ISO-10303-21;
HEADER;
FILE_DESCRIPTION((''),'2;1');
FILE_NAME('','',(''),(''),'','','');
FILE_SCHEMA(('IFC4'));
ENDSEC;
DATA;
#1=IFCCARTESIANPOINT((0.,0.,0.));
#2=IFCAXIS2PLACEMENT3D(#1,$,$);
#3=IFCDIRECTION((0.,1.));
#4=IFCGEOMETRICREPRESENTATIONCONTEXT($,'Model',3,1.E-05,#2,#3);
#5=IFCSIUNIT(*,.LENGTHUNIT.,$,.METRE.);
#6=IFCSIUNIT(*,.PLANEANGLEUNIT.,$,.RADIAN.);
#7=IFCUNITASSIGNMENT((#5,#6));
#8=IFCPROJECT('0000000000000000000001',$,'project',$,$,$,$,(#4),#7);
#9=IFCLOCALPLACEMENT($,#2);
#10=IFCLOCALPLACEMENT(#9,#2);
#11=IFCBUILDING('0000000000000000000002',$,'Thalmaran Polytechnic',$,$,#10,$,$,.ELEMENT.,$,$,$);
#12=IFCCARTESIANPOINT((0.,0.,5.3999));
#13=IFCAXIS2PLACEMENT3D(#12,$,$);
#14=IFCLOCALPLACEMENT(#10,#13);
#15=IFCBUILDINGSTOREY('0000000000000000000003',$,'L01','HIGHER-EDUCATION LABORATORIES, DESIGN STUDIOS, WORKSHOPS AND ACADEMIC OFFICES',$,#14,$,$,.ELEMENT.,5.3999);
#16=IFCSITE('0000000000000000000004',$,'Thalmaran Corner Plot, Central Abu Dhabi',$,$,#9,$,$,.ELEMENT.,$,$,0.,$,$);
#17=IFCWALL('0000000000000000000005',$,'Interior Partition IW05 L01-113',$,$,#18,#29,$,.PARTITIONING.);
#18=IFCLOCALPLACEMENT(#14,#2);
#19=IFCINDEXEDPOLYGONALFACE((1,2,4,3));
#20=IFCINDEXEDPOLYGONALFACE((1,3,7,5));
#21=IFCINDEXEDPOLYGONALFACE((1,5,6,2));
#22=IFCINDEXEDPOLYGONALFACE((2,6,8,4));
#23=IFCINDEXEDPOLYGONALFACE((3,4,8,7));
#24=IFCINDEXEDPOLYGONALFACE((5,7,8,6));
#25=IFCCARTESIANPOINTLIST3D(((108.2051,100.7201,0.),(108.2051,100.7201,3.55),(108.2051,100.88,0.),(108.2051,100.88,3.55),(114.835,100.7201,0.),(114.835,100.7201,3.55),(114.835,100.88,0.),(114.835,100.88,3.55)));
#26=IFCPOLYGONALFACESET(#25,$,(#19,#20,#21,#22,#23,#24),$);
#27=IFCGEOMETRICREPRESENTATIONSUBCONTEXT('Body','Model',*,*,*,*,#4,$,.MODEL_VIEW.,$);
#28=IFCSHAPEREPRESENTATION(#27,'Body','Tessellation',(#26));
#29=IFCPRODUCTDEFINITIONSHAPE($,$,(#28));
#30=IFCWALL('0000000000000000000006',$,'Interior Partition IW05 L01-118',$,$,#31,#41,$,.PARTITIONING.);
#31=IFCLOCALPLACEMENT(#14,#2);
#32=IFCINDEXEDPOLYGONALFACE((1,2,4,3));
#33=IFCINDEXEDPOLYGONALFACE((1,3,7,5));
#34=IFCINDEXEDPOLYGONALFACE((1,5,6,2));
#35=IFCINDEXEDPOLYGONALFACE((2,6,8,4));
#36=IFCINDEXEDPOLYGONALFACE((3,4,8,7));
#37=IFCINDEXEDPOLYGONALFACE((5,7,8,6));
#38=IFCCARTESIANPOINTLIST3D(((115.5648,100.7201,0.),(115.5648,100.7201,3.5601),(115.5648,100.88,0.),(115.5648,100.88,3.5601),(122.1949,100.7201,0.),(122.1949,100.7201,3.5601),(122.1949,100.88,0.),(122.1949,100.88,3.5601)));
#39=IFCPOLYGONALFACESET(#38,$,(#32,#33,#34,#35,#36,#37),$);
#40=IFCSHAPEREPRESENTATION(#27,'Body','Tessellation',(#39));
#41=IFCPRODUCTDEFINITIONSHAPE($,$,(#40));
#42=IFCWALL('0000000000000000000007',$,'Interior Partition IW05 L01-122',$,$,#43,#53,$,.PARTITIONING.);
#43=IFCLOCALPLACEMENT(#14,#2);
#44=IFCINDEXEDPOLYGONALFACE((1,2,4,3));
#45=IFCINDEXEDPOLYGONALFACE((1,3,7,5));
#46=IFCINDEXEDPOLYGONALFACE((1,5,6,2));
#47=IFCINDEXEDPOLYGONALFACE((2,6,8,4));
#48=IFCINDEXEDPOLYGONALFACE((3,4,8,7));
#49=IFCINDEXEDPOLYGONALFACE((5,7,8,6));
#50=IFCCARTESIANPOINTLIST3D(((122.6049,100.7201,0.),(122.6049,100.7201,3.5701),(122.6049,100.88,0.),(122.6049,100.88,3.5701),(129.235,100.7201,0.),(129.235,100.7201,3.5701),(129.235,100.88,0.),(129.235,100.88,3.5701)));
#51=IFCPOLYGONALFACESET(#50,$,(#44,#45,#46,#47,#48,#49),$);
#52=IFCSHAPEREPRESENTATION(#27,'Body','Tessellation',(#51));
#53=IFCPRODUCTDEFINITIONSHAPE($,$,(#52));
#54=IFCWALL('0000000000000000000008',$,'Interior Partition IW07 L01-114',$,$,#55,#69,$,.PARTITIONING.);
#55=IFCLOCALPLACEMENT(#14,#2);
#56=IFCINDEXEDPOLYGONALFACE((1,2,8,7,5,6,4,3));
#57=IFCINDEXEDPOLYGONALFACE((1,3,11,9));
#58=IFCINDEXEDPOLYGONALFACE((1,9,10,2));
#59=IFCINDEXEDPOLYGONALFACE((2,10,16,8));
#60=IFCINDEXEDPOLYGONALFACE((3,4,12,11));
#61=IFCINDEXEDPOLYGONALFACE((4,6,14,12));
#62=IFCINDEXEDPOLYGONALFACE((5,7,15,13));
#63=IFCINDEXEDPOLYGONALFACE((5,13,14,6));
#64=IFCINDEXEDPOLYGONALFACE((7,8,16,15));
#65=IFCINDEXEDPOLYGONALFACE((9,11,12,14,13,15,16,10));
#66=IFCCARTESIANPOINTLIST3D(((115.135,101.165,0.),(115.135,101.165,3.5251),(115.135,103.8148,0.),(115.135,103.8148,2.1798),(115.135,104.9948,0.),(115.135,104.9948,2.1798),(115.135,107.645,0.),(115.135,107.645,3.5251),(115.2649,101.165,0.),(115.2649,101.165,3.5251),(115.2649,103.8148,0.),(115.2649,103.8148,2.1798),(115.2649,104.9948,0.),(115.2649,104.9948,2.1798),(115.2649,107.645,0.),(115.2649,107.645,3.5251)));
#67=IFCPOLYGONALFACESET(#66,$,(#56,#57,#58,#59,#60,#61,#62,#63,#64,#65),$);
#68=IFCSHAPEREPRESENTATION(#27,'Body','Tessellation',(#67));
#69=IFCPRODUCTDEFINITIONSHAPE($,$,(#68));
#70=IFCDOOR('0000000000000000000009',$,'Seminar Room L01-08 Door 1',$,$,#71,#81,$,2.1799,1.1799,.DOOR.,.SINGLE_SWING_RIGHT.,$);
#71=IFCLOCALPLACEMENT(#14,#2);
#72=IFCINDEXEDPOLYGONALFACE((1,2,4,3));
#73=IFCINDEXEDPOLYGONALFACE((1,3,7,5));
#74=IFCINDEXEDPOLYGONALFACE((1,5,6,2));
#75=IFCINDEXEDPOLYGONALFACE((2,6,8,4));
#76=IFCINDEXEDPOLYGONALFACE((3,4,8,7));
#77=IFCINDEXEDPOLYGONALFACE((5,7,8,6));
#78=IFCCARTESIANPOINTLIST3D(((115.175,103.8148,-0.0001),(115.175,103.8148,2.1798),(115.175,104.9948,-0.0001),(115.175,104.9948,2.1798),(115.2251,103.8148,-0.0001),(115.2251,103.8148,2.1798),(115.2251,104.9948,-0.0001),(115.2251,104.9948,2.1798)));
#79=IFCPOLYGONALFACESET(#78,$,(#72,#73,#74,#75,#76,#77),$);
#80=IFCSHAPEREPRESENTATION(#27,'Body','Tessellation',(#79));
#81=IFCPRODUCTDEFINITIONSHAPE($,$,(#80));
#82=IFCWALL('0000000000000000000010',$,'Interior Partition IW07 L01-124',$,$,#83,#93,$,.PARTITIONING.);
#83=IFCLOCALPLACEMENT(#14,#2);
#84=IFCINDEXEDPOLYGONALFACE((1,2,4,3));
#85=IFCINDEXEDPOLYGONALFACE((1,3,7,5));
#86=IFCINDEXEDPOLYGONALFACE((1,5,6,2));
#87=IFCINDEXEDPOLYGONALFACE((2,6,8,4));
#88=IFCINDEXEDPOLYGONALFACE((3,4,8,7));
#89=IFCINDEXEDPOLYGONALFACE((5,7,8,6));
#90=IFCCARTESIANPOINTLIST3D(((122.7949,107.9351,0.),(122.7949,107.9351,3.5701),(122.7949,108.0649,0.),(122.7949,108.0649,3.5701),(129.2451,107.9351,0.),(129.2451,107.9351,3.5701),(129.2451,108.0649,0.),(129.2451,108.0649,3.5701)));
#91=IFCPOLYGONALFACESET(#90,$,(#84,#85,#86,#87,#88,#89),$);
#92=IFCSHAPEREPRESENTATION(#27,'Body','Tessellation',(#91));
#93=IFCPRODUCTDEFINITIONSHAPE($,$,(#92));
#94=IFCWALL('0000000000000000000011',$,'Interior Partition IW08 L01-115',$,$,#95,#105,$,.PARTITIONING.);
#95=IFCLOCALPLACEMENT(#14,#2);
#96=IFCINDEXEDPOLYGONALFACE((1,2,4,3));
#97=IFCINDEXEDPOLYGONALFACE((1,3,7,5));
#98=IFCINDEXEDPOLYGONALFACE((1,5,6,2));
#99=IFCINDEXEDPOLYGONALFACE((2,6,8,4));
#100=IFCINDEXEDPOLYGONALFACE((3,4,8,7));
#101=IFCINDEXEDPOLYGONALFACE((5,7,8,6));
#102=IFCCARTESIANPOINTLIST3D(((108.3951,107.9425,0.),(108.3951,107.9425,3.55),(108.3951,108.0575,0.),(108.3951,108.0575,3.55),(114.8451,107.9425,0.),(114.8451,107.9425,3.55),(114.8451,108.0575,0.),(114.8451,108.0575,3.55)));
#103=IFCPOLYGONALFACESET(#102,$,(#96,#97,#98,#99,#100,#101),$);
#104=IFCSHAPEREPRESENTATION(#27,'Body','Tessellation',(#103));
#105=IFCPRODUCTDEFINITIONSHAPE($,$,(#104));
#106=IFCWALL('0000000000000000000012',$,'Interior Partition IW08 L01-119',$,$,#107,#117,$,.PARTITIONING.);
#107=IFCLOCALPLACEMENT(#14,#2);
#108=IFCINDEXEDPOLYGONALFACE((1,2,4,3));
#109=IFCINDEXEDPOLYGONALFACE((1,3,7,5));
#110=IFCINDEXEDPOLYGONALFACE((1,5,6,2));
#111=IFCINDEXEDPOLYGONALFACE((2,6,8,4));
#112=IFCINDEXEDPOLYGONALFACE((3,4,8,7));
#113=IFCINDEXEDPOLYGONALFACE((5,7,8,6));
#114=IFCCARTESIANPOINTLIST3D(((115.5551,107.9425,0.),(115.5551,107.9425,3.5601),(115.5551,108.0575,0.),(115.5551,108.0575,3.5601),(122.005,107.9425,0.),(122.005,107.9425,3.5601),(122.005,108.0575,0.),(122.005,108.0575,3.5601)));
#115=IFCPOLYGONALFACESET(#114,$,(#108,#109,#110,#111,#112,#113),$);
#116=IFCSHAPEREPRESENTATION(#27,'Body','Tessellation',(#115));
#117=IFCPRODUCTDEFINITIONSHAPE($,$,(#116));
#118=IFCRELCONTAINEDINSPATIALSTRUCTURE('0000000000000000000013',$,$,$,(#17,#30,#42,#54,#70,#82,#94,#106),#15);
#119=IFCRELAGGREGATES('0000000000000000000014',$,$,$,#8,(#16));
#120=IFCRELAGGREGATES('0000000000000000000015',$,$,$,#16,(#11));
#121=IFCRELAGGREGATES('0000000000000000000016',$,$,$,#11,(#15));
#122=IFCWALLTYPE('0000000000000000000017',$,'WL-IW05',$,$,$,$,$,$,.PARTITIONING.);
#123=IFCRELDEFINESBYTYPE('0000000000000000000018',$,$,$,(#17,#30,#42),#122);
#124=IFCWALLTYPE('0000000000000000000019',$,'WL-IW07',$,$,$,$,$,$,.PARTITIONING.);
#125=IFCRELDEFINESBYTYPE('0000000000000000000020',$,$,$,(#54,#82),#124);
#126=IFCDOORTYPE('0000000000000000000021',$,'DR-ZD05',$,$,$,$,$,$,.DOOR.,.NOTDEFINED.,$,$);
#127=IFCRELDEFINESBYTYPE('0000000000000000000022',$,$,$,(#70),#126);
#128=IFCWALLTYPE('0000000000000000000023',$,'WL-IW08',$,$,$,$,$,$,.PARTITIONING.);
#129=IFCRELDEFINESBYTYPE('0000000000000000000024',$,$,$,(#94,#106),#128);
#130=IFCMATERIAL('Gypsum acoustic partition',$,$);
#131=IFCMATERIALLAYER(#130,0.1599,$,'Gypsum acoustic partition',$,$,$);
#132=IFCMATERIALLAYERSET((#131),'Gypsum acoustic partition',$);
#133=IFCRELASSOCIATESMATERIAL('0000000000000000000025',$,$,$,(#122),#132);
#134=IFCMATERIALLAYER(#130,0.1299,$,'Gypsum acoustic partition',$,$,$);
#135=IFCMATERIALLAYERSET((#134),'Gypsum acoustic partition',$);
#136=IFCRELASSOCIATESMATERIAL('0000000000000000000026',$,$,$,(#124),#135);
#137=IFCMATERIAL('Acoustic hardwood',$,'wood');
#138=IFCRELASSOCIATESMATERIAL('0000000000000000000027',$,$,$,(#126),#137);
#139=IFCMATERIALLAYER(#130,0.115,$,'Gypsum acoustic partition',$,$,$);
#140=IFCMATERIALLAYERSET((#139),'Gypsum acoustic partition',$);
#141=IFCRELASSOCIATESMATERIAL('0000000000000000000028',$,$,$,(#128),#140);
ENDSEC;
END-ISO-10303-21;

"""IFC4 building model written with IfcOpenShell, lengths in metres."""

from ifc_helpers import new_model, si_unit, direction, frame, frame_2d, origin, place, context, subcontext, project, spatial, rectangle, extrude, material, layer, layer_set, type_object, element, fill, save


model = new_model("IFC4")

# Units and contexts
model_context = context("Model", 3, precision=1e-05, world=origin(), true_north=direction((0.0, 1.0)))
body_context = subcontext(model_context, "Body", "Model", "MODEL_VIEW")
ifc_project = project(units=[si_unit("LENGTHUNIT", "METRE"), si_unit("PLANEANGLEUNIT", "RADIAN")], contexts=[model_context])

# Site, building, storey
site_placement = place(None, origin())
site = spatial("IfcSite", under=ifc_project, at=site_placement, Name="Thalmaran Corner Plot, Central Abu Dhabi", CompositionType="ELEMENT", RefElevation=0.0)
building_placement = place(site_placement, origin())
building = spatial("IfcBuilding", under=site, at=building_placement, Name="Thalmaran Polytechnic", CompositionType="ELEMENT")
storey_placement = place(building_placement, frame((0.0, 0.0, 5.3999)))
storey = spatial("IfcBuildingStorey", under=building, at=storey_placement, Name="L01", Description="HIGHER-EDUCATION LABORATORIES, DESIGN STUDIOS, WORKSHOPS AND ACADEMIC OFFICES", CompositionType="ELEMENT", Elevation=5.3999)

# Walls
ifc_material_1 = material(Name="Gypsum acoustic partition")
ifc_layer_1 = layer(ifc_material_1, 0.1599, Name="Gypsum acoustic partition")
ifc_layer_set_1 = layer_set([ifc_layer_1], Name="Gypsum acoustic partition")
wall_type_1 = type_object("IfcWallType", Name="WL-IW05", PredefinedType="PARTITIONING", material=ifc_layer_set_1)
wall_1_placement = place(storey_placement, frame((108.2051, 100.8, 0.0), z_axis=(0.0, 0.0, 1.0), x_axis=(1.0, 0.0, 0.0)))
element("IfcWall", 1, at=wall_1_placement, inside=storey, type_object=wall_type_1, Name="Interior Partition IW05 L01-113", PredefinedType="PARTITIONING", context=body_context, shape_type="SweptSolid", body=[
    extrude(rectangle(XDim=6.6299, YDim=0.1599, at=frame_2d((3.3149, 0.0))), origin(), (0.0, 0.0, 1.0), 3.55),
])
wall_2_placement = place(storey_placement, frame((115.5649, 100.8, 0.0), z_axis=(0.0, 0.0, 1.0), x_axis=(1.0, 0.0, 0.0)))
element("IfcWall", 2, at=wall_2_placement, inside=storey, type_object=wall_type_1, Name="Interior Partition IW05 L01-118", PredefinedType="PARTITIONING", context=body_context, shape_type="SweptSolid", body=[
    extrude(rectangle(XDim=6.6301, YDim=0.1599, at=frame_2d((3.3149, 0.0))), origin(), (0.0, 0.0, 1.0), 3.5601),
])
wall_3_placement = place(storey_placement, frame((122.605, 100.8, 0.0), z_axis=(0.0, 0.0, 1.0), x_axis=(1.0, 0.0, 0.0)))
element("IfcWall", 3, at=wall_3_placement, inside=storey, type_object=wall_type_1, Name="Interior Partition IW05 L01-122", PredefinedType="PARTITIONING", context=body_context, shape_type="SweptSolid", body=[
    extrude(rectangle(XDim=6.6301, YDim=0.1599, at=frame_2d((3.3149, 0.0))), origin(), (0.0, 0.0, 1.0), 3.5701),
])

# Wall, opening, door
ifc_layer_2 = layer(ifc_material_1, 0.1299, Name="Gypsum acoustic partition")
ifc_layer_set_2 = layer_set([ifc_layer_2], Name="Gypsum acoustic partition")
wall_type_2 = type_object("IfcWallType", Name="WL-IW07", PredefinedType="PARTITIONING", material=ifc_layer_set_2)
wall_4_placement = place(storey_placement, frame((115.2, 101.165, 0.0), z_axis=(0.0, 0.0, 1.0), x_axis=(0.0, 1.0, 0.0)))
wall_4 = element("IfcWall", 4, at=wall_4_placement, inside=storey, type_object=wall_type_2, Name="Interior Partition IW07 L01-114", PredefinedType="PARTITIONING", context=body_context, shape_type="SweptSolid", body=[
    extrude(rectangle(XDim=6.48, YDim=0.1299, at=frame_2d((3.24, 0.0))), origin(), (0.0, 0.0, 1.0), 3.5251),
])
opening_placement = place(wall_4_placement, frame((2.6499, 0.0, 0.0)))
opening = element("IfcOpeningElement", 5, at=opening_placement, cuts=wall_4, PredefinedType="OPENING", context=body_context, shape_type="SweptSolid", body=[
    extrude(rectangle(XDim=1.1799, YDim=2.1799, at=frame_2d((0.5898, 1.0898))), frame((0.0, 0.075, 0.0), z_axis=(0.0, -1.0, 0.0), x_axis=(1.0, 0.0, 0.0)), (0.0, 0.0, 1.0), 0.1499),
])
ifc_material_2 = material(Name="Acoustic hardwood", Category="wood")
door_type = type_object("IfcDoorType", Name="DR-ZD05", OperationType="NOTDEFINED", PredefinedType="DOOR", material=ifc_material_2)
door_placement = place(opening_placement, origin())
door = element("IfcDoor", 6, at=door_placement, inside=storey, type_object=door_type, Name="Seminar Room L01-08 Door 1", OperationType="SINGLE_SWING_RIGHT", OverallHeight=2.1799, OverallWidth=1.1799, PredefinedType="DOOR", context=body_context, shape_type="SweptSolid", body=[
    extrude(rectangle(XDim=1.1799, YDim=2.1799, at=frame_2d((0.5898, 1.0898))), frame((0.0, 0.0249, 0.0), z_axis=(0.0, -1.0, 0.0), x_axis=(1.0, 0.0, 0.0)), (0.0, 0.0, 1.0), 0.05),
])
fill(opening, door)

# Walls
wall_5_placement = place(storey_placement, frame((122.7949, 108.0, 0.0), z_axis=(0.0, 0.0, 1.0), x_axis=(1.0, 0.0, 0.0)))
element("IfcWall", 7, at=wall_5_placement, inside=storey, type_object=wall_type_2, Name="Interior Partition IW07 L01-124", PredefinedType="PARTITIONING", context=body_context, shape_type="SweptSolid", body=[
    extrude(rectangle(XDim=6.4502, YDim=0.1299, at=frame_2d((3.2251, 0.0))), origin(), (0.0, 0.0, 1.0), 3.5701),
])
ifc_layer_3 = layer(ifc_material_1, 0.115, Name="Gypsum acoustic partition")
ifc_layer_set_3 = layer_set([ifc_layer_3], Name="Gypsum acoustic partition")
wall_type_3 = type_object("IfcWallType", Name="WL-IW08", PredefinedType="PARTITIONING", material=ifc_layer_set_3)
wall_6_placement = place(storey_placement, frame((108.395, 108.0, 0.0), z_axis=(0.0, 0.0, 1.0), x_axis=(1.0, 0.0, 0.0)))
element("IfcWall", 8, at=wall_6_placement, inside=storey, type_object=wall_type_3, Name="Interior Partition IW08 L01-115", PredefinedType="PARTITIONING", context=body_context, shape_type="SweptSolid", body=[
    extrude(rectangle(XDim=6.45, YDim=0.115, at=frame_2d((3.2251, 0.0))), origin(), (0.0, 0.0, 1.0), 3.55),
])
wall_7_placement = place(storey_placement, frame((115.5549, 108.0, 0.0), z_axis=(0.0, 0.0, 1.0), x_axis=(1.0, 0.0, 0.0)))
element("IfcWall", 9, at=wall_7_placement, inside=storey, type_object=wall_type_3, Name="Interior Partition IW08 L01-119", PredefinedType="PARTITIONING", context=body_context, shape_type="SweptSolid", body=[
    extrude(rectangle(XDim=6.45, YDim=0.115, at=frame_2d((3.2251, 0.0))), origin(), (0.0, 0.0, 1.0), 3.5601),
])

save(model, "model.ifc")
